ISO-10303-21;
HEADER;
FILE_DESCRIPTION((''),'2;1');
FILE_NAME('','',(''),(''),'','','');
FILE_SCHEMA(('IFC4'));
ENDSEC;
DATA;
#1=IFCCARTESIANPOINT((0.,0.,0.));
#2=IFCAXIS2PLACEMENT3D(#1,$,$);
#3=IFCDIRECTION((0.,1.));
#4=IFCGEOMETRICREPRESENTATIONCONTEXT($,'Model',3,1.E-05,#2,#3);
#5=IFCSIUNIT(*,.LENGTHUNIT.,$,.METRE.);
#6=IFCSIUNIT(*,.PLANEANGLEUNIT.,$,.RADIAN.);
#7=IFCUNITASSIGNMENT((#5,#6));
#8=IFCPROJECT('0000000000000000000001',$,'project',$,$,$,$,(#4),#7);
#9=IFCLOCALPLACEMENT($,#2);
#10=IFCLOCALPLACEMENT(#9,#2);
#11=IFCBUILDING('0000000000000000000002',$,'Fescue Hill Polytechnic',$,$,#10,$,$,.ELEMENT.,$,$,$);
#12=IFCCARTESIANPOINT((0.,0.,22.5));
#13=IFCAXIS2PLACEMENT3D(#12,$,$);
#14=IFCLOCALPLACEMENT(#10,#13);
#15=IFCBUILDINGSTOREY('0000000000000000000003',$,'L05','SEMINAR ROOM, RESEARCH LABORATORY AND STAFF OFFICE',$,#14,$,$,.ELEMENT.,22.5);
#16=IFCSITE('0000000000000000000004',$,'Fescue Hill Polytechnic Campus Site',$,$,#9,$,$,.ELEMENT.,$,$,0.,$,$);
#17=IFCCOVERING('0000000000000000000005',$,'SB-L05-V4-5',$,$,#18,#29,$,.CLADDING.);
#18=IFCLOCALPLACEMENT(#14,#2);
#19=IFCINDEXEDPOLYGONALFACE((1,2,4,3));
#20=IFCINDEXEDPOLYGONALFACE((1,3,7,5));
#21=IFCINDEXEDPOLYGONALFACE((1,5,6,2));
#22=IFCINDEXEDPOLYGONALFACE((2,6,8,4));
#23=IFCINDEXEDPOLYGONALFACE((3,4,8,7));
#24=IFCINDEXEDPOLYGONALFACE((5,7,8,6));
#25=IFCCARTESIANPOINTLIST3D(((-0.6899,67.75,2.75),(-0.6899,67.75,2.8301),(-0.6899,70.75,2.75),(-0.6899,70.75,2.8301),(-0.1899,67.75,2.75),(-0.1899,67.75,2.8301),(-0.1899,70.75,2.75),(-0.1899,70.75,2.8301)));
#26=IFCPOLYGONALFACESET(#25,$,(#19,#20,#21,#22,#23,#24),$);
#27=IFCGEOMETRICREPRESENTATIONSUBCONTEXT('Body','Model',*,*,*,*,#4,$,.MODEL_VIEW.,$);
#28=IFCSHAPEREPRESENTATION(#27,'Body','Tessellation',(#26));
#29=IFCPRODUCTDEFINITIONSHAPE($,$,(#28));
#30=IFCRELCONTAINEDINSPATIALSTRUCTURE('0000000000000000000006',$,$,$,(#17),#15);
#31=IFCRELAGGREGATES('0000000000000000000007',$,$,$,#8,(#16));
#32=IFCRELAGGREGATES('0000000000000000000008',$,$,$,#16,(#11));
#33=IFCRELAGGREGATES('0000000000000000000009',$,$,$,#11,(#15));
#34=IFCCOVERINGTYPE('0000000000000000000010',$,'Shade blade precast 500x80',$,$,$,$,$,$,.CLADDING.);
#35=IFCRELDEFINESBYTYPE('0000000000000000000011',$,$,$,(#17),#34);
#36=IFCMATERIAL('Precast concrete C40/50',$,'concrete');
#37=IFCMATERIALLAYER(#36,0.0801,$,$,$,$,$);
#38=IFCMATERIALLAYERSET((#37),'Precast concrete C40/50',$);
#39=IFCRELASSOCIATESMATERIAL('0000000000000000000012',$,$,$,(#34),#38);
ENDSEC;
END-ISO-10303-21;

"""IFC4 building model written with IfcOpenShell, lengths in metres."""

from ifc_helpers import new_model, si_unit, direction, frame, origin, origin_2d, place, context, subcontext, project, spatial, rectangle, extrude, material, layer, layer_set, type_object, element, save


model = new_model("IFC4")

# Units and contexts
model_context = context("Model", 3, precision=1e-05, world=origin(), true_north=direction((0.0, 1.0)))
body_context = subcontext(model_context, "Body", "Model", "MODEL_VIEW")
ifc_project = project(units=[si_unit("LENGTHUNIT", "METRE"), si_unit("PLANEANGLEUNIT", "RADIAN")], contexts=[model_context])

# Site, building, storey
site_placement = place(None, origin())
site = spatial("IfcSite", under=ifc_project, at=site_placement, Name="Fescue Hill Polytechnic Campus Site", CompositionType="ELEMENT", RefElevation=0.0)
building_placement = place(site_placement, origin())
building = spatial("IfcBuilding", under=site, at=building_placement, Name="Fescue Hill Polytechnic", CompositionType="ELEMENT")
storey_placement = place(building_placement, frame((0.0, 0.0, 22.5)))
storey = spatial("IfcBuildingStorey", under=building, at=storey_placement, Name="L05", Description="SEMINAR ROOM, RESEARCH LABORATORY AND STAFF OFFICE", CompositionType="ELEMENT", Elevation=22.5)

# Covering
ifc_material_1 = material(Name="Precast concrete C40/50", Category="concrete")
ifc_layer_1 = layer(ifc_material_1, 0.0801)
ifc_layer_set_1 = layer_set([ifc_layer_1], Name="Precast concrete C40/50")
covering_type = type_object("IfcCoveringType", Name="Shade blade precast 500x80", PredefinedType="CLADDING", material=ifc_layer_set_1)
for number, where, z_axis, x_axis, name in (
    (1, (-0.4399, 69.25, 2.75), (0.0, 0.0, 1.0), (0.0, -1.0, 0.0), "SB-L05-V4-5"),
):
    element("IfcCovering", number, at=place(storey_placement, frame(where, z_axis=z_axis, x_axis=x_axis)), inside=storey, type_object=covering_type, Name=name, PredefinedType="CLADDING", context=body_context, shape_type="SweptSolid", body=[
        extrude(rectangle(XDim=3.0, YDim=0.5, at=origin_2d()), origin(), (0.0, 0.0, 1.0), 0.0801),
    ])

save(model, "model.ifc")
